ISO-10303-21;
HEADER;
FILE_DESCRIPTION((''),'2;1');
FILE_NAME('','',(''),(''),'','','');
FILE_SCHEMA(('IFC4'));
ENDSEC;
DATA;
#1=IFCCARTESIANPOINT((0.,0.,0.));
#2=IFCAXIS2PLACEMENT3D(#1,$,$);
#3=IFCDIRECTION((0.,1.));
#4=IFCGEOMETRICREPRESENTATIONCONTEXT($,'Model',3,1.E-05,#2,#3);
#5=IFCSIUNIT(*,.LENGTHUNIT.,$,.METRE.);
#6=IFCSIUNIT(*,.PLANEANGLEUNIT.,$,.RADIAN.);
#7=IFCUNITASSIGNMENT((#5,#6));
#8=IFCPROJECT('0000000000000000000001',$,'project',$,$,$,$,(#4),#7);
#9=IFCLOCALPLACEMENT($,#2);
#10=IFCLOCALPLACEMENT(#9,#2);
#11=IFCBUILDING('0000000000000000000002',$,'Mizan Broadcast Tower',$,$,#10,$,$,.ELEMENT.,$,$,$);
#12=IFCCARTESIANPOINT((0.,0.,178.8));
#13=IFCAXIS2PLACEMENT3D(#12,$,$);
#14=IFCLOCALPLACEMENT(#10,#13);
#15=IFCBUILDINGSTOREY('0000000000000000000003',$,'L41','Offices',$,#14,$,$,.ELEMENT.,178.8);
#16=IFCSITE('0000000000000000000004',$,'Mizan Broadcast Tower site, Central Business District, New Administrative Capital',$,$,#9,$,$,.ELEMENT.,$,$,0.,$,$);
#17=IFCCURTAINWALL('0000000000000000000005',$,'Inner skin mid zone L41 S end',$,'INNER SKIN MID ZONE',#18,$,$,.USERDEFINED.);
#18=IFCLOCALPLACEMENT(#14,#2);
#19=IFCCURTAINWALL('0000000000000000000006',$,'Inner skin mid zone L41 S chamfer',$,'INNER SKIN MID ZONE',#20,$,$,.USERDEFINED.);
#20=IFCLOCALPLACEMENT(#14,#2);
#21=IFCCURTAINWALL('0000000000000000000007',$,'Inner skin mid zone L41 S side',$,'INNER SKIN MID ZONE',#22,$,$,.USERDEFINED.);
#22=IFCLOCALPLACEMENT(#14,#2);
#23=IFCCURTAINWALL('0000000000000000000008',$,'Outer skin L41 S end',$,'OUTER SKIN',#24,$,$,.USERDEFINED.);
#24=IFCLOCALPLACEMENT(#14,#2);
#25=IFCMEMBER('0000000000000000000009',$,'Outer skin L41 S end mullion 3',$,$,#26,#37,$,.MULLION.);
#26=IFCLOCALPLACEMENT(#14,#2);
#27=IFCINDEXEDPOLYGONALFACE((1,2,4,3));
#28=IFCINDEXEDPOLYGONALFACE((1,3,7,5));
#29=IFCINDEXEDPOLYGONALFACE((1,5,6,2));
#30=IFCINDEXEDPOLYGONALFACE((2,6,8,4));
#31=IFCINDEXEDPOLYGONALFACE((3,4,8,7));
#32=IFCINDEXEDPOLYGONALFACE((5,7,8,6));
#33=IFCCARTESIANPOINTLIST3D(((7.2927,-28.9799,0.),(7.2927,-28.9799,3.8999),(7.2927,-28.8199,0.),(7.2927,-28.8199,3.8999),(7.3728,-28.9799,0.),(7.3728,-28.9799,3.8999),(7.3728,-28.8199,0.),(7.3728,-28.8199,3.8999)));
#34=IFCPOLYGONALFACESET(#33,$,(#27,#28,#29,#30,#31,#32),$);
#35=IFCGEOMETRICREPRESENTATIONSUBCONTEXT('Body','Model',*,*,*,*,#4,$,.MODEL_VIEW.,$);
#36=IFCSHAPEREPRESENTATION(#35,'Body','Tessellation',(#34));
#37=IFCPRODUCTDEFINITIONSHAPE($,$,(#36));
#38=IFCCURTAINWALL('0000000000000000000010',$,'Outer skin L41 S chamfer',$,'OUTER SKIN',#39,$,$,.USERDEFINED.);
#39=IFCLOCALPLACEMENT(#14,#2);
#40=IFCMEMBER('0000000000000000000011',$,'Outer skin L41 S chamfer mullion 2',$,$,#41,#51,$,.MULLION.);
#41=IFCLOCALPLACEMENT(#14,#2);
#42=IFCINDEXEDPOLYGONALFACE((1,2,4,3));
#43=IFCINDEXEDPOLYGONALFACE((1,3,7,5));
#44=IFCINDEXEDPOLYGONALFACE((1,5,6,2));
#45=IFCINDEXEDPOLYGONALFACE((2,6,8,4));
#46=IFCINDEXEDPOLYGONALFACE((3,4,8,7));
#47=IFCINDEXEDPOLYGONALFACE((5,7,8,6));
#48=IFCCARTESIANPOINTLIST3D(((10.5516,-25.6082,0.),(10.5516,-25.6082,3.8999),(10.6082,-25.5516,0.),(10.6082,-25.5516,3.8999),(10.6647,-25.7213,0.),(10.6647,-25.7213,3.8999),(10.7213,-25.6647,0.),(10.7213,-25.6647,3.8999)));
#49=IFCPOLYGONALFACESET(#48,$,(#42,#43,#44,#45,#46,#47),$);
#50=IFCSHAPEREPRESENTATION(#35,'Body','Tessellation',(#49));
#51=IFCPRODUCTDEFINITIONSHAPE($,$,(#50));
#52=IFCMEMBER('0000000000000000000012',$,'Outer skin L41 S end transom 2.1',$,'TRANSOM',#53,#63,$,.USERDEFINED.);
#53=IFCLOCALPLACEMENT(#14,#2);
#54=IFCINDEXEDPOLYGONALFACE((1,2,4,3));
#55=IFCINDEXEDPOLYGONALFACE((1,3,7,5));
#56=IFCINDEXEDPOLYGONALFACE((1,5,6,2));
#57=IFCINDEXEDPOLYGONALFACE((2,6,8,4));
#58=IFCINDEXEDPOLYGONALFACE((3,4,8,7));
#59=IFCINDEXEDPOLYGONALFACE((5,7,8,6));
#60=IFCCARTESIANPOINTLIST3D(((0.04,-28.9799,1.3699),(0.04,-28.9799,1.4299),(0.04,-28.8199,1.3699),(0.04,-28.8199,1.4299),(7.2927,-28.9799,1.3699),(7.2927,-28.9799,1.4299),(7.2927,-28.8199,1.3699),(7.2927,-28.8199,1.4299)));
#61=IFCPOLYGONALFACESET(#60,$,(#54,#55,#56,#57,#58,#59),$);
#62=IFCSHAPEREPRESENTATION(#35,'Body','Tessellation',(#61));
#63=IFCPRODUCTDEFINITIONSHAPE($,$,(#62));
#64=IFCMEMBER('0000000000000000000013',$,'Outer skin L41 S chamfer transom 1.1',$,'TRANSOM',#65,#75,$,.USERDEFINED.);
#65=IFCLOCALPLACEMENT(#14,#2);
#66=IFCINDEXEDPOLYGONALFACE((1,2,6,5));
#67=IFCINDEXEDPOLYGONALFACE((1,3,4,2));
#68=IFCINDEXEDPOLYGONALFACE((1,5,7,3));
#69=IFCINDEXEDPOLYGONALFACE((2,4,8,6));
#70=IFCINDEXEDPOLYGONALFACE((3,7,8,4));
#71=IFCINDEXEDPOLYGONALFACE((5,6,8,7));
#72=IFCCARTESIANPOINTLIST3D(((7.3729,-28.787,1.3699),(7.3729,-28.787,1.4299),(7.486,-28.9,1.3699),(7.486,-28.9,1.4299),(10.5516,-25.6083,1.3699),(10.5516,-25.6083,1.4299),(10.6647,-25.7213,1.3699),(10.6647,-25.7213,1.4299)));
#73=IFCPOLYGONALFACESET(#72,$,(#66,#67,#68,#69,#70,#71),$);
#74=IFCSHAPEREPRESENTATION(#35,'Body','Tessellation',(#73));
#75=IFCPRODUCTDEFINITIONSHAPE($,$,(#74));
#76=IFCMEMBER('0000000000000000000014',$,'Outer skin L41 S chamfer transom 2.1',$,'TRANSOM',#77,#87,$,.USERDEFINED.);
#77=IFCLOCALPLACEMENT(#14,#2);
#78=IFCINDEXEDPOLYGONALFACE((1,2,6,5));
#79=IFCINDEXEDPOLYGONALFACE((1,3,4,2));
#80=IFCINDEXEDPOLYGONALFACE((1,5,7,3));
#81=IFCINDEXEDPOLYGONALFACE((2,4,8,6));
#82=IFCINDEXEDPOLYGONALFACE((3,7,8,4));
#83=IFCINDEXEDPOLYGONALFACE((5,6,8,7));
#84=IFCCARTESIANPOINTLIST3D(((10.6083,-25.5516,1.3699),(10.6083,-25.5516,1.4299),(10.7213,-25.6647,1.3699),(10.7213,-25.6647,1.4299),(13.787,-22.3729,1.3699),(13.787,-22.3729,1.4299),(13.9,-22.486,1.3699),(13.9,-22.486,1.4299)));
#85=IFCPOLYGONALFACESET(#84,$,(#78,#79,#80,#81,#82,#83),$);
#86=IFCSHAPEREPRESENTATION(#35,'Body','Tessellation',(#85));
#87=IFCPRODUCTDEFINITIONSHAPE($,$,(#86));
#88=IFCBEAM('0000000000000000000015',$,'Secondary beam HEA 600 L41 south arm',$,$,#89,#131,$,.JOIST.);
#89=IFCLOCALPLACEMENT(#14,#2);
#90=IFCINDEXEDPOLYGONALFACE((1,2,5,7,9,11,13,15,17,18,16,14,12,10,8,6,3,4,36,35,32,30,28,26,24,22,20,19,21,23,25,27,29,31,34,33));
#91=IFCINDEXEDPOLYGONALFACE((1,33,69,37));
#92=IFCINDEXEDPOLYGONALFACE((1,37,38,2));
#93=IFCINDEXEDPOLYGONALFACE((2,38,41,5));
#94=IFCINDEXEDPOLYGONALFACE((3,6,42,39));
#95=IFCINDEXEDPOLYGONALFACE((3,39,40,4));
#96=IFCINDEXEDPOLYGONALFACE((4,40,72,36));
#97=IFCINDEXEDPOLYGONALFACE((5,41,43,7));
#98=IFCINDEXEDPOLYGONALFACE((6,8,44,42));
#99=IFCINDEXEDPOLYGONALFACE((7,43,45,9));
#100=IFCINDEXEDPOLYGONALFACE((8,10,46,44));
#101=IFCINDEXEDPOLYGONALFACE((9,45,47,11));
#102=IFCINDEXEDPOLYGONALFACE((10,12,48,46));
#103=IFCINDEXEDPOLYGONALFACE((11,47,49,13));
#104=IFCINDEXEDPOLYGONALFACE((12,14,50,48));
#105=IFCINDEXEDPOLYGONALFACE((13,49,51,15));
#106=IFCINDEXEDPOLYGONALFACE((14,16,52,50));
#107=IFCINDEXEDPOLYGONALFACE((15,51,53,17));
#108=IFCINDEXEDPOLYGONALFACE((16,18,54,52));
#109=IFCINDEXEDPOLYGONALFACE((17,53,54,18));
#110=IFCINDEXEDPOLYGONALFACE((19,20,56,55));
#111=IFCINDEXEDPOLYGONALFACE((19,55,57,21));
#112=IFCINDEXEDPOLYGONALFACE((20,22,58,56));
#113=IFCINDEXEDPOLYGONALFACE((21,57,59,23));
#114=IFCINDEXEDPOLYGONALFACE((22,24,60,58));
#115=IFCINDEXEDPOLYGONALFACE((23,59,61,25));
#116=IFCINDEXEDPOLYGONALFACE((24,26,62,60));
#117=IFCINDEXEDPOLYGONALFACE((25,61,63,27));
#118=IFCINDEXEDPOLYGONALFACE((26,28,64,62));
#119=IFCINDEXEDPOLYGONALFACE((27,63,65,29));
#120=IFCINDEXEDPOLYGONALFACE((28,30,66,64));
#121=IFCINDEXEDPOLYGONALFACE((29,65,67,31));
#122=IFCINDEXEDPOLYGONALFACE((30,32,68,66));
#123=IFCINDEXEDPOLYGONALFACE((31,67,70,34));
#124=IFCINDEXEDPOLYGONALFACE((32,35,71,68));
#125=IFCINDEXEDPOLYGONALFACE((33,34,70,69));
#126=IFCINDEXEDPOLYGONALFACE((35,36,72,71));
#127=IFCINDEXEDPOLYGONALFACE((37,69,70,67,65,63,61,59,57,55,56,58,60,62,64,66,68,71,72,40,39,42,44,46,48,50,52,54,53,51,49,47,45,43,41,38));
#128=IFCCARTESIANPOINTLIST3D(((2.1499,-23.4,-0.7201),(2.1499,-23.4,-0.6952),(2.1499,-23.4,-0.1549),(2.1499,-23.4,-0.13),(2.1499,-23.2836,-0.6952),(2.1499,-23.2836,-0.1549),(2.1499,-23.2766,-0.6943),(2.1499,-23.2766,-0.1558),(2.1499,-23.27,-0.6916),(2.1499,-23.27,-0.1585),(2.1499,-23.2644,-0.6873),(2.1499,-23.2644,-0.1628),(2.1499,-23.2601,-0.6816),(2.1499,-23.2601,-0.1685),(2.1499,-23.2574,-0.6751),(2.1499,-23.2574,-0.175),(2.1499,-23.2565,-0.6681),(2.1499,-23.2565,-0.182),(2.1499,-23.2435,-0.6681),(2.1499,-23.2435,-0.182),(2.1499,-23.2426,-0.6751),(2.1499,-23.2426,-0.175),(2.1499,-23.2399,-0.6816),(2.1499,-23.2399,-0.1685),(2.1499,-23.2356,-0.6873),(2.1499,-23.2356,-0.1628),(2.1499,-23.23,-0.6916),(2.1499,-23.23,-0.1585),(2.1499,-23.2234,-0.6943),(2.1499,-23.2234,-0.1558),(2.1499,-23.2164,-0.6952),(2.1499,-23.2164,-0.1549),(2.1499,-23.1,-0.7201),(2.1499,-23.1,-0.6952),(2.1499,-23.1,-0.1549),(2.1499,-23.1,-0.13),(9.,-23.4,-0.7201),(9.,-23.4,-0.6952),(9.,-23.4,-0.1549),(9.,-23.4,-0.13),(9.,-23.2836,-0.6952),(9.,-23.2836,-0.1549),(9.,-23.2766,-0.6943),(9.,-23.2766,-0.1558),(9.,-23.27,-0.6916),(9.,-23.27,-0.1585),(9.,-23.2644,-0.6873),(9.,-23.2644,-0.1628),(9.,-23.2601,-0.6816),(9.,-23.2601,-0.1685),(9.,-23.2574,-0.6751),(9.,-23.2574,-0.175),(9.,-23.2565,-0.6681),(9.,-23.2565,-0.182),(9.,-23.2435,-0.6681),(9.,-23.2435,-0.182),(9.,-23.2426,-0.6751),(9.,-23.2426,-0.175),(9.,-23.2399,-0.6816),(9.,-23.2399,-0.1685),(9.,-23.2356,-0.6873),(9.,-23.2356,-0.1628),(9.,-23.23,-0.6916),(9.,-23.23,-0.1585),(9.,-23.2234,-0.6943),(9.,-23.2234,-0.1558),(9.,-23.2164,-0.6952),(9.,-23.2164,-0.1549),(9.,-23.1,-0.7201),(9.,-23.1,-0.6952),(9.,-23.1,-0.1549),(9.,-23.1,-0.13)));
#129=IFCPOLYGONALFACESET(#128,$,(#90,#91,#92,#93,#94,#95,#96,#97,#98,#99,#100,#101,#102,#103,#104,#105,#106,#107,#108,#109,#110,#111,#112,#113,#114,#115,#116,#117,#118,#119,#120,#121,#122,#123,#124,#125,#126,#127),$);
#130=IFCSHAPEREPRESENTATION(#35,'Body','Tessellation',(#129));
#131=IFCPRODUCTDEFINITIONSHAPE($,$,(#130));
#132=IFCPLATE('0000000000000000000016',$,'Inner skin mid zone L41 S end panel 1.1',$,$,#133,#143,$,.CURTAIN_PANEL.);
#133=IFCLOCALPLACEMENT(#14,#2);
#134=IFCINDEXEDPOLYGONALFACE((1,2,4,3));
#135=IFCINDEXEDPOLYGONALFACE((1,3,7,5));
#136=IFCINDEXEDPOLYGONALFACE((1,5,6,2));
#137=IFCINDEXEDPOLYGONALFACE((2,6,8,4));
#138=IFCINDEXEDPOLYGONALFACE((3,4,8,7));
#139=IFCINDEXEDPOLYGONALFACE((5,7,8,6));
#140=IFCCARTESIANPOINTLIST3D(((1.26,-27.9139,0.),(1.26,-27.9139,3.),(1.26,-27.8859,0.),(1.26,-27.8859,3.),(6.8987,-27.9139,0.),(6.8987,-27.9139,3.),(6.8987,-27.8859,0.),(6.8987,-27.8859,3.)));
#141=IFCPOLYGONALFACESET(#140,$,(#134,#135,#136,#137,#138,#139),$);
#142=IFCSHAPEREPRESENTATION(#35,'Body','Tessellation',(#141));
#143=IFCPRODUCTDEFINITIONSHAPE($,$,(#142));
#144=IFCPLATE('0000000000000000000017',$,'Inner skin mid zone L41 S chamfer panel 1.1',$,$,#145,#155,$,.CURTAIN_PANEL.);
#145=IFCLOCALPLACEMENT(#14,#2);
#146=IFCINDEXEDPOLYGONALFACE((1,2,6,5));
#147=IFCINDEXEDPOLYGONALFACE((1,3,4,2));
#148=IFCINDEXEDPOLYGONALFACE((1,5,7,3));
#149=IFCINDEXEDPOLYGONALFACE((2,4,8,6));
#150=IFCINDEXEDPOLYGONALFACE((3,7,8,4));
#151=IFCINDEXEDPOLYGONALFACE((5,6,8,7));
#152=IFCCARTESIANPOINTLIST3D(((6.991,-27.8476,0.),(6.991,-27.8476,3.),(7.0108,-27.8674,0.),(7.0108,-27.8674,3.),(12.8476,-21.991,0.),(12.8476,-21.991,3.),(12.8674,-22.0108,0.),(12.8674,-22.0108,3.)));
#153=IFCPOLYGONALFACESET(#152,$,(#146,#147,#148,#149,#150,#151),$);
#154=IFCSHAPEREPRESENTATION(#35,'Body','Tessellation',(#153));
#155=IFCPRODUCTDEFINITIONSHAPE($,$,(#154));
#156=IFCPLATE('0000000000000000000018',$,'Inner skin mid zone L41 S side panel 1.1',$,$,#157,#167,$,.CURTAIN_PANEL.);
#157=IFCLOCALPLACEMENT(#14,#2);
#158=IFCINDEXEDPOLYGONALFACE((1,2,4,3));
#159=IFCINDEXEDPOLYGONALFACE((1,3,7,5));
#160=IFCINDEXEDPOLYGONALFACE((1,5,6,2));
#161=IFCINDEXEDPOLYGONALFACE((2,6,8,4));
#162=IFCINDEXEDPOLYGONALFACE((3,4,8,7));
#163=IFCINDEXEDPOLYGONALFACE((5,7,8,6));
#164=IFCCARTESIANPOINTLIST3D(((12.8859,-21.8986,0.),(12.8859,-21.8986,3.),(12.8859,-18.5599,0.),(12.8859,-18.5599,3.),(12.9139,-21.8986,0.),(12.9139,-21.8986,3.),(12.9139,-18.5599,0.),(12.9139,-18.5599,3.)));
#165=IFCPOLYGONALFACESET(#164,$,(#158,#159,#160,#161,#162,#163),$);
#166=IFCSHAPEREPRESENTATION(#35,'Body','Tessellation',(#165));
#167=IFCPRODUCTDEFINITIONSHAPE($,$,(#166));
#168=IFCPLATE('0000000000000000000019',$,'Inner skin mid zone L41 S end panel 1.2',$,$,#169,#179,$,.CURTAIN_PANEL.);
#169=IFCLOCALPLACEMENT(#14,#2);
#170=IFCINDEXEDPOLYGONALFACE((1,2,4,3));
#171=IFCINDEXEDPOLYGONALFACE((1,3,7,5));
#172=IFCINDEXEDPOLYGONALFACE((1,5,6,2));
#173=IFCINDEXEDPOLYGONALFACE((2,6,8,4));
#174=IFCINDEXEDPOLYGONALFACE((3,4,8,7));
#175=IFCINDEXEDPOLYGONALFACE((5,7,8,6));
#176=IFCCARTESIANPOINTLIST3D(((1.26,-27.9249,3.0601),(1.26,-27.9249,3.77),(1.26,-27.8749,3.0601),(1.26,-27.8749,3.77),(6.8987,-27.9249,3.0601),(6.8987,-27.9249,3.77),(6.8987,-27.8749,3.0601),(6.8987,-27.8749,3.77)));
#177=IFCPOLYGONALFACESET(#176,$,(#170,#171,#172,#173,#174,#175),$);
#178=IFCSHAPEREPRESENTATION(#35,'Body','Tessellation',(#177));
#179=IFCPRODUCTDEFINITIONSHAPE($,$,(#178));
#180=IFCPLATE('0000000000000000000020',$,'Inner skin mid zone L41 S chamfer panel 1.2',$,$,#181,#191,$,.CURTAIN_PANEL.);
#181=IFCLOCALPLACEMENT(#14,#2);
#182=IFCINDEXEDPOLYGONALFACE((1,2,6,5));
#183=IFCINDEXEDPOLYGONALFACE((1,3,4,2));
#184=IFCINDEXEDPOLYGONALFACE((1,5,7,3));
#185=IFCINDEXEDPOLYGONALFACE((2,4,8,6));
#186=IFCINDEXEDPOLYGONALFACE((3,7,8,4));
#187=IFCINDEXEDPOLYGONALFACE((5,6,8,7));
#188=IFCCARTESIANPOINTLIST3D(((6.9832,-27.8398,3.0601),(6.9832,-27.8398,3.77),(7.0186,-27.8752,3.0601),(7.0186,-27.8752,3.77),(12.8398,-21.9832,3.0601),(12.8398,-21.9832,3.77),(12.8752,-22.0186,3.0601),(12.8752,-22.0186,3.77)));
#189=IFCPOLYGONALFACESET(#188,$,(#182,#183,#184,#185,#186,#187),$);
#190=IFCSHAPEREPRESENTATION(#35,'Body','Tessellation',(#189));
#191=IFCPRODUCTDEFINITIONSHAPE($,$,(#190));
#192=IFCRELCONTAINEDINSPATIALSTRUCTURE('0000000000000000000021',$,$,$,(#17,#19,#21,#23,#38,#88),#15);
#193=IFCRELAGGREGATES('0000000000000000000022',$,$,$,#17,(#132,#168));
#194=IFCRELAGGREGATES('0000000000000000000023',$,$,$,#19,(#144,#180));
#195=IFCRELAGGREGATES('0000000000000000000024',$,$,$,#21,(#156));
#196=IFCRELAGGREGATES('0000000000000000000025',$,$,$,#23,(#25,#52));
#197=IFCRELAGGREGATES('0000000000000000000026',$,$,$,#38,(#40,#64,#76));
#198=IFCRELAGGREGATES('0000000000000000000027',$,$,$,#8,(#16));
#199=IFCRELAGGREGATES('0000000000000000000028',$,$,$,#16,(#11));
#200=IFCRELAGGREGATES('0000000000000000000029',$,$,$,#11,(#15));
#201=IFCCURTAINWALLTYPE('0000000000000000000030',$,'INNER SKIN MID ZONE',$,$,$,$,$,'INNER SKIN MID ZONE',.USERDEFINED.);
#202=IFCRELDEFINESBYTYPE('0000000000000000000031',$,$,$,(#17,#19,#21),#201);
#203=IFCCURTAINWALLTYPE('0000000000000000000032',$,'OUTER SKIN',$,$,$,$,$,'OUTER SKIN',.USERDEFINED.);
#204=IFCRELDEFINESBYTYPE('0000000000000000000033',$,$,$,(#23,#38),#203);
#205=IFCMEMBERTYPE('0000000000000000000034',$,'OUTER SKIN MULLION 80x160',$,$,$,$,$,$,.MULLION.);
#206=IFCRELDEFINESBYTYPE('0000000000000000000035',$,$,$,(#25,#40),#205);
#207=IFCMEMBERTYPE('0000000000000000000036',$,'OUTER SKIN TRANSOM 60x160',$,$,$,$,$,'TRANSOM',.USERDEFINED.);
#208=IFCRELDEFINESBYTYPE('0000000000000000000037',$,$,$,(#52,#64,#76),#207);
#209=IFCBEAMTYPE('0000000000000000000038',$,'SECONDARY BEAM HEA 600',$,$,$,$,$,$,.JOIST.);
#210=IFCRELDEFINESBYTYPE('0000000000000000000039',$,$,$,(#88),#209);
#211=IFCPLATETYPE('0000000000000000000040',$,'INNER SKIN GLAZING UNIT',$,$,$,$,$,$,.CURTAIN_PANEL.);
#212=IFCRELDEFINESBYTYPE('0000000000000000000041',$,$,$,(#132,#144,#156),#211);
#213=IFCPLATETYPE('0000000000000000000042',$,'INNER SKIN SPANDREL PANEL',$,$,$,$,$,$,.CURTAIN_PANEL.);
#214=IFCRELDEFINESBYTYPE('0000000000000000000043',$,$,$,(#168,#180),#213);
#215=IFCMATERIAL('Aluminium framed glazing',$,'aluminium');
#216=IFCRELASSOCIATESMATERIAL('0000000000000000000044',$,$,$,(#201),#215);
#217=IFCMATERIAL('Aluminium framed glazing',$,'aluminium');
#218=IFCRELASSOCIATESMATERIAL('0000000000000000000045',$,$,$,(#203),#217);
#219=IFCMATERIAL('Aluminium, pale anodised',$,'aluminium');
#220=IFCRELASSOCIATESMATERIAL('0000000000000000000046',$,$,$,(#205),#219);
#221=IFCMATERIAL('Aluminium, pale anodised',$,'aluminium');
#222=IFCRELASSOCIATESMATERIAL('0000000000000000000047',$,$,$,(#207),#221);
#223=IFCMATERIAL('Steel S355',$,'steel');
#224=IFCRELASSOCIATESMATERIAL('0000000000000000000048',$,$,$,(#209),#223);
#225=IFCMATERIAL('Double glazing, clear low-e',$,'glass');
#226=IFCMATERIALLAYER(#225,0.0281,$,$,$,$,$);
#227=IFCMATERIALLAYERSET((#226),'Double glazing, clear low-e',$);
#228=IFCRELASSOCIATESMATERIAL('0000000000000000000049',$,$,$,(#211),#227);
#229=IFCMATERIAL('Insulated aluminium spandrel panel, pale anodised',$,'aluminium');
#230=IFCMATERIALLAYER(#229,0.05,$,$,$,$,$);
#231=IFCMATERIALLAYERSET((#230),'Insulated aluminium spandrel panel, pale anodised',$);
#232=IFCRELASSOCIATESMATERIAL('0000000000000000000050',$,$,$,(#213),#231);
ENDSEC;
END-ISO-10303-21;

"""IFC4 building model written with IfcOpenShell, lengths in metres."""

from ifc_helpers import new_model, si_unit, direction, frame, origin, origin_2d, place, context, subcontext, project, spatial, rectangle, i_section, extrude, material, layer, layer_set, material_profile, profile_set, type_object, element, aggregate, save


model = new_model("IFC4")

# Units and contexts
model_context = context("Model", 3, precision=1e-05, world=origin(), true_north=direction((0.0, 1.0)))
body_context = subcontext(model_context, "Body", "Model", "MODEL_VIEW")
ifc_project = project(units=[si_unit("LENGTHUNIT", "METRE"), si_unit("PLANEANGLEUNIT", "RADIAN")], contexts=[model_context])

# Site, building, storey
site_placement = place(None, origin())
site = spatial("IfcSite", under=ifc_project, at=site_placement, Name="Mizan Broadcast Tower site, Central Business District, New Administrative Capital", CompositionType="ELEMENT", RefElevation=0.0)
building_placement = place(site_placement, origin())
building = spatial("IfcBuilding", under=site, at=building_placement, Name="Mizan Broadcast Tower", CompositionType="ELEMENT")
storey_placement = place(building_placement, frame((0.0, 0.0, 178.8)))
storey = spatial("IfcBuildingStorey", under=building, at=storey_placement, Name="L41", Description="Offices", CompositionType="ELEMENT", Elevation=178.8)

# Curtain wall
ifc_material_1 = material(Name="Aluminium framed glazing", Category="aluminium")
curtain_wall_type_1 = type_object("IfcCurtainWallType", Name="INNER SKIN MID ZONE", ElementType="INNER SKIN MID ZONE", PredefinedType="USERDEFINED", material=ifc_material_1)
curtain_wall_1_placement = place(storey_placement, origin())
curtain_wall_1 = element("IfcCurtainWall", 1, at=curtain_wall_1_placement, inside=storey, type_object=curtain_wall_type_1, Name="Inner skin mid zone L41 S end", ObjectType="INNER SKIN MID ZONE", PredefinedType="USERDEFINED")

# Curtain wall
curtain_wall_2_placement = place(storey_placement, origin())
curtain_wall_2 = element("IfcCurtainWall", 2, at=curtain_wall_2_placement, inside=storey, type_object=curtain_wall_type_1, Name="Inner skin mid zone L41 S chamfer", ObjectType="INNER SKIN MID ZONE", PredefinedType="USERDEFINED")

# Curtain wall
curtain_wall_3_placement = place(storey_placement, origin())
curtain_wall_3 = element("IfcCurtainWall", 3, at=curtain_wall_3_placement, inside=storey, type_object=curtain_wall_type_1, Name="Inner skin mid zone L41 S side", ObjectType="INNER SKIN MID ZONE", PredefinedType="USERDEFINED")

# Curtain wall, member
ifc_material_2 = material(Name="Aluminium framed glazing", Category="aluminium")
curtain_wall_type_2 = type_object("IfcCurtainWallType", Name="OUTER SKIN", ElementType="OUTER SKIN", PredefinedType="USERDEFINED", material=ifc_material_2)
curtain_wall_4_placement = place(storey_placement, origin())
curtain_wall_4 = element("IfcCurtainWall", 4, at=curtain_wall_4_placement, inside=storey, type_object=curtain_wall_type_2, Name="Outer skin L41 S end", ObjectType="OUTER SKIN", PredefinedType="USERDEFINED")
ifc_material_3 = material(Name="Aluminium, pale anodised", Category="aluminium")
ifc_material_profile_1 = material_profile(ifc_material_3, rectangle(XDim=0.1599, YDim=0.0801, at=origin_2d()), Name="MULLION 160x80")
ifc_profile_set_1 = profile_set([ifc_material_profile_1], Name="Aluminium, pale anodised")
member_type_1 = type_object("IfcMemberType", Name="OUTER SKIN MULLION 80x160", PredefinedType="MULLION", material=ifc_profile_set_1)
member_1_placement = place(storey_placement, frame((7.3328, -28.8999, 0.0), z_axis=(0.0, 0.0, 1.0), x_axis=(0.0, 1.0, 0.0)))
member_1 = element("IfcMember", 5, at=member_1_placement, type_object=member_type_1, Name="Outer skin L41 S end mullion 3", PredefinedType="MULLION", context=body_context, shape_type="SweptSolid", body=[
    extrude(rectangle(XDim=0.1599, YDim=0.0801, at=origin_2d()), origin(), (0.0, 0.0, 1.0), 3.8999),
])

# Curtain wall, member
curtain_wall_5_placement = place(storey_placement, origin())
curtain_wall_5 = element("IfcCurtainWall", 6, at=curtain_wall_5_placement, inside=storey, type_object=curtain_wall_type_2, Name="Outer skin L41 S chamfer", ObjectType="OUTER SKIN", PredefinedType="USERDEFINED")
member_2_placement = place(storey_placement, frame((10.6365, -25.6365, 0.0), z_axis=(0.0, 0.0, 1.0), x_axis=(-0.707107, 0.707107, 0.0)))
member_2 = element("IfcMember", 7, at=member_2_placement, type_object=member_type_1, Name="Outer skin L41 S chamfer mullion 2", PredefinedType="MULLION", context=body_context, shape_type="SweptSolid", body=[
    extrude(rectangle(XDim=0.1599, YDim=0.0801, at=origin_2d()), origin(), (0.0, 0.0, 1.0), 3.8999),
])

# Members
ifc_material_4 = material(Name="Aluminium, pale anodised", Category="aluminium")
ifc_material_profile_2 = material_profile(ifc_material_4, rectangle(XDim=0.1599, YDim=0.0601, at=origin_2d()), Name="TRANSOM 160x60")
ifc_profile_set_2 = profile_set([ifc_material_profile_2], Name="Aluminium, pale anodised")
member_type_2 = type_object("IfcMemberType", Name="OUTER SKIN TRANSOM 60x160", ElementType="TRANSOM", PredefinedType="USERDEFINED", material=ifc_profile_set_2)
member_3_placement = place(storey_placement, frame((0.04, -28.8999, 1.3999), z_axis=(1.0, 0.0, 0.0), x_axis=(0.0, 1.0, 0.0)))
member_3 = element("IfcMember", 8, at=member_3_placement, type_object=member_type_2, Name="Outer skin L41 S end transom 2.1", ObjectType="TRANSOM", PredefinedType="USERDEFINED", context=body_context, shape_type="SweptSolid", body=[
    extrude(rectangle(XDim=0.1599, YDim=0.0601, at=origin_2d()), origin(), (0.0, 0.0, 1.0), 7.2527),
])
member_4_placement = place(storey_placement, frame((7.4294, -28.8435, 1.3999), z_axis=(0.707107, 0.707107, 0.0), x_axis=(-0.707107, 0.707107, 0.0)))
member_4 = element("IfcMember", 9, at=member_4_placement, type_object=member_type_2, Name="Outer skin L41 S chamfer transom 1.1", ObjectType="TRANSOM", PredefinedType="USERDEFINED", context=body_context, shape_type="SweptSolid", body=[
    extrude(rectangle(XDim=0.1599, YDim=0.0601, at=origin_2d()), origin(), (0.0, 0.0, 1.0), 4.4954),
])
member_5_placement = place(storey_placement, frame((10.6648, -25.6082, 1.3999), z_axis=(0.707107, 0.707107, 0.0), x_axis=(-0.707107, 0.707107, 0.0)))
member_5 = element("IfcMember", 10, at=member_5_placement, type_object=member_type_2, Name="Outer skin L41 S chamfer transom 2.1", ObjectType="TRANSOM", PredefinedType="USERDEFINED", context=body_context, shape_type="SweptSolid", body=[
    extrude(rectangle(XDim=0.1599, YDim=0.0601, at=origin_2d()), origin(), (0.0, 0.0, 1.0), 4.4954),
])

# Beam
ifc_material_5 = material(Name="Steel S355", Category="steel")
ifc_material_profile_3 = material_profile(ifc_material_5, i_section(OverallWidth=0.3, OverallDepth=0.5901, WebThickness=0.0129, FlangeThickness=0.0249, FilletRadius=0.0271, at=origin_2d()), Name="HEA 600")
ifc_profile_set_3 = profile_set([ifc_material_profile_3], Name="Steel S355")
beam_type_1 = type_object("IfcBeamType", Name="SECONDARY BEAM HEA 600", PredefinedType="JOIST", material=ifc_profile_set_3)
beam_1_placement = place(storey_placement, frame((9.0, -23.25, -0.425), z_axis=(-1.0, 0.0, 0.0), x_axis=(0.0, -1.0, 0.0)))
element("IfcBeam", 11, at=beam_1_placement, inside=storey, type_object=beam_type_1, Name="Secondary beam HEA 600 L41 south arm", PredefinedType="JOIST", context=body_context, shape_type="SweptSolid", body=[
    extrude(i_section(OverallWidth=0.3, OverallDepth=0.5901, WebThickness=0.0129, FlangeThickness=0.0249, FilletRadius=0.0271, at=origin_2d()), origin(), (0.0, 0.0, 1.0), 6.8501),
])

# Plates
ifc_material_6 = material(Name="Double glazing, clear low-e", Category="glass")
ifc_layer_1 = layer(ifc_material_6, 0.0281)
ifc_layer_set_1 = layer_set([ifc_layer_1], Name="Double glazing, clear low-e")
plate_type_1 = type_object("IfcPlateType", Name="INNER SKIN GLAZING UNIT", PredefinedType="CURTAIN_PANEL", material=ifc_layer_set_1)
plate_1_placement = place(storey_placement, frame((4.0793, -27.8999, 0.0), z_axis=(0.0, 0.0, 1.0), x_axis=(1.0, 0.0, 0.0)))
plate_1 = element("IfcPlate", 12, at=plate_1_placement, type_object=plate_type_1, Name="Inner skin mid zone L41 S end panel 1.1", PredefinedType="CURTAIN_PANEL", context=body_context, shape_type="SweptSolid", body=[
    extrude(rectangle(XDim=5.6387, YDim=0.0281, at=origin_2d()), origin(), (0.0, 0.0, 1.0), 3.0),
])
plate_2_placement = place(storey_placement, frame((9.9292, -24.9292, 0.0), z_axis=(0.0, 0.0, 1.0), x_axis=(0.707107, 0.707107, 0.0)))
plate_2 = element("IfcPlate", 13, at=plate_2_placement, type_object=plate_type_1, Name="Inner skin mid zone L41 S chamfer panel 1.1", PredefinedType="CURTAIN_PANEL", context=body_context, shape_type="SweptSolid", body=[
    extrude(rectangle(XDim=8.2825, YDim=0.0281, at=origin_2d()), origin(), (0.0, 0.0, 1.0), 3.0),
])
plate_3_placement = place(storey_placement, frame((12.8999, -20.2292, 0.0), z_axis=(0.0, 0.0, 1.0), x_axis=(0.0, 1.0, 0.0)))
plate_3 = element("IfcPlate", 14, at=plate_3_placement, type_object=plate_type_1, Name="Inner skin mid zone L41 S side panel 1.1", PredefinedType="CURTAIN_PANEL", context=body_context, shape_type="SweptSolid", body=[
    extrude(rectangle(XDim=3.3386, YDim=0.0281, at=origin_2d()), origin(), (0.0, 0.0, 1.0), 3.0),
])
ifc_material_7 = material(Name="Insulated aluminium spandrel panel, pale anodised", Category="aluminium")
ifc_layer_2 = layer(ifc_material_7, 0.05)
ifc_layer_set_2 = layer_set([ifc_layer_2], Name="Insulated aluminium spandrel panel, pale anodised")
plate_type_2 = type_object("IfcPlateType", Name="INNER SKIN SPANDREL PANEL", PredefinedType="CURTAIN_PANEL", material=ifc_layer_set_2)
plate_4_placement = place(storey_placement, frame((4.0793, -27.8999, 3.0601), z_axis=(0.0, 0.0, 1.0), x_axis=(1.0, 0.0, 0.0)))
plate_4 = element("IfcPlate", 15, at=plate_4_placement, type_object=plate_type_2, Name="Inner skin mid zone L41 S end panel 1.2", PredefinedType="CURTAIN_PANEL", context=body_context, shape_type="SweptSolid", body=[
    extrude(rectangle(XDim=5.6387, YDim=0.05, at=origin_2d()), origin(), (0.0, 0.0, 1.0), 0.71),
])
aggregate(curtain_wall_1, [plate_1, plate_4])
plate_5_placement = place(storey_placement, frame((9.9292, -24.9292, 3.0601), z_axis=(0.0, 0.0, 1.0), x_axis=(0.707107, 0.707107, 0.0)))
plate_5 = element("IfcPlate", 16, at=plate_5_placement, type_object=plate_type_2, Name="Inner skin mid zone L41 S chamfer panel 1.2", PredefinedType="CURTAIN_PANEL", context=body_context, shape_type="SweptSolid", body=[
    extrude(rectangle(XDim=8.2825, YDim=0.05, at=origin_2d()), origin(), (0.0, 0.0, 1.0), 0.71),
])
aggregate(curtain_wall_2, [plate_2, plate_5])
aggregate(curtain_wall_3, [plate_3])
aggregate(curtain_wall_4, [member_1, member_3])
aggregate(curtain_wall_5, [member_2, member_4, member_5])

save(model, "model.ifc")
